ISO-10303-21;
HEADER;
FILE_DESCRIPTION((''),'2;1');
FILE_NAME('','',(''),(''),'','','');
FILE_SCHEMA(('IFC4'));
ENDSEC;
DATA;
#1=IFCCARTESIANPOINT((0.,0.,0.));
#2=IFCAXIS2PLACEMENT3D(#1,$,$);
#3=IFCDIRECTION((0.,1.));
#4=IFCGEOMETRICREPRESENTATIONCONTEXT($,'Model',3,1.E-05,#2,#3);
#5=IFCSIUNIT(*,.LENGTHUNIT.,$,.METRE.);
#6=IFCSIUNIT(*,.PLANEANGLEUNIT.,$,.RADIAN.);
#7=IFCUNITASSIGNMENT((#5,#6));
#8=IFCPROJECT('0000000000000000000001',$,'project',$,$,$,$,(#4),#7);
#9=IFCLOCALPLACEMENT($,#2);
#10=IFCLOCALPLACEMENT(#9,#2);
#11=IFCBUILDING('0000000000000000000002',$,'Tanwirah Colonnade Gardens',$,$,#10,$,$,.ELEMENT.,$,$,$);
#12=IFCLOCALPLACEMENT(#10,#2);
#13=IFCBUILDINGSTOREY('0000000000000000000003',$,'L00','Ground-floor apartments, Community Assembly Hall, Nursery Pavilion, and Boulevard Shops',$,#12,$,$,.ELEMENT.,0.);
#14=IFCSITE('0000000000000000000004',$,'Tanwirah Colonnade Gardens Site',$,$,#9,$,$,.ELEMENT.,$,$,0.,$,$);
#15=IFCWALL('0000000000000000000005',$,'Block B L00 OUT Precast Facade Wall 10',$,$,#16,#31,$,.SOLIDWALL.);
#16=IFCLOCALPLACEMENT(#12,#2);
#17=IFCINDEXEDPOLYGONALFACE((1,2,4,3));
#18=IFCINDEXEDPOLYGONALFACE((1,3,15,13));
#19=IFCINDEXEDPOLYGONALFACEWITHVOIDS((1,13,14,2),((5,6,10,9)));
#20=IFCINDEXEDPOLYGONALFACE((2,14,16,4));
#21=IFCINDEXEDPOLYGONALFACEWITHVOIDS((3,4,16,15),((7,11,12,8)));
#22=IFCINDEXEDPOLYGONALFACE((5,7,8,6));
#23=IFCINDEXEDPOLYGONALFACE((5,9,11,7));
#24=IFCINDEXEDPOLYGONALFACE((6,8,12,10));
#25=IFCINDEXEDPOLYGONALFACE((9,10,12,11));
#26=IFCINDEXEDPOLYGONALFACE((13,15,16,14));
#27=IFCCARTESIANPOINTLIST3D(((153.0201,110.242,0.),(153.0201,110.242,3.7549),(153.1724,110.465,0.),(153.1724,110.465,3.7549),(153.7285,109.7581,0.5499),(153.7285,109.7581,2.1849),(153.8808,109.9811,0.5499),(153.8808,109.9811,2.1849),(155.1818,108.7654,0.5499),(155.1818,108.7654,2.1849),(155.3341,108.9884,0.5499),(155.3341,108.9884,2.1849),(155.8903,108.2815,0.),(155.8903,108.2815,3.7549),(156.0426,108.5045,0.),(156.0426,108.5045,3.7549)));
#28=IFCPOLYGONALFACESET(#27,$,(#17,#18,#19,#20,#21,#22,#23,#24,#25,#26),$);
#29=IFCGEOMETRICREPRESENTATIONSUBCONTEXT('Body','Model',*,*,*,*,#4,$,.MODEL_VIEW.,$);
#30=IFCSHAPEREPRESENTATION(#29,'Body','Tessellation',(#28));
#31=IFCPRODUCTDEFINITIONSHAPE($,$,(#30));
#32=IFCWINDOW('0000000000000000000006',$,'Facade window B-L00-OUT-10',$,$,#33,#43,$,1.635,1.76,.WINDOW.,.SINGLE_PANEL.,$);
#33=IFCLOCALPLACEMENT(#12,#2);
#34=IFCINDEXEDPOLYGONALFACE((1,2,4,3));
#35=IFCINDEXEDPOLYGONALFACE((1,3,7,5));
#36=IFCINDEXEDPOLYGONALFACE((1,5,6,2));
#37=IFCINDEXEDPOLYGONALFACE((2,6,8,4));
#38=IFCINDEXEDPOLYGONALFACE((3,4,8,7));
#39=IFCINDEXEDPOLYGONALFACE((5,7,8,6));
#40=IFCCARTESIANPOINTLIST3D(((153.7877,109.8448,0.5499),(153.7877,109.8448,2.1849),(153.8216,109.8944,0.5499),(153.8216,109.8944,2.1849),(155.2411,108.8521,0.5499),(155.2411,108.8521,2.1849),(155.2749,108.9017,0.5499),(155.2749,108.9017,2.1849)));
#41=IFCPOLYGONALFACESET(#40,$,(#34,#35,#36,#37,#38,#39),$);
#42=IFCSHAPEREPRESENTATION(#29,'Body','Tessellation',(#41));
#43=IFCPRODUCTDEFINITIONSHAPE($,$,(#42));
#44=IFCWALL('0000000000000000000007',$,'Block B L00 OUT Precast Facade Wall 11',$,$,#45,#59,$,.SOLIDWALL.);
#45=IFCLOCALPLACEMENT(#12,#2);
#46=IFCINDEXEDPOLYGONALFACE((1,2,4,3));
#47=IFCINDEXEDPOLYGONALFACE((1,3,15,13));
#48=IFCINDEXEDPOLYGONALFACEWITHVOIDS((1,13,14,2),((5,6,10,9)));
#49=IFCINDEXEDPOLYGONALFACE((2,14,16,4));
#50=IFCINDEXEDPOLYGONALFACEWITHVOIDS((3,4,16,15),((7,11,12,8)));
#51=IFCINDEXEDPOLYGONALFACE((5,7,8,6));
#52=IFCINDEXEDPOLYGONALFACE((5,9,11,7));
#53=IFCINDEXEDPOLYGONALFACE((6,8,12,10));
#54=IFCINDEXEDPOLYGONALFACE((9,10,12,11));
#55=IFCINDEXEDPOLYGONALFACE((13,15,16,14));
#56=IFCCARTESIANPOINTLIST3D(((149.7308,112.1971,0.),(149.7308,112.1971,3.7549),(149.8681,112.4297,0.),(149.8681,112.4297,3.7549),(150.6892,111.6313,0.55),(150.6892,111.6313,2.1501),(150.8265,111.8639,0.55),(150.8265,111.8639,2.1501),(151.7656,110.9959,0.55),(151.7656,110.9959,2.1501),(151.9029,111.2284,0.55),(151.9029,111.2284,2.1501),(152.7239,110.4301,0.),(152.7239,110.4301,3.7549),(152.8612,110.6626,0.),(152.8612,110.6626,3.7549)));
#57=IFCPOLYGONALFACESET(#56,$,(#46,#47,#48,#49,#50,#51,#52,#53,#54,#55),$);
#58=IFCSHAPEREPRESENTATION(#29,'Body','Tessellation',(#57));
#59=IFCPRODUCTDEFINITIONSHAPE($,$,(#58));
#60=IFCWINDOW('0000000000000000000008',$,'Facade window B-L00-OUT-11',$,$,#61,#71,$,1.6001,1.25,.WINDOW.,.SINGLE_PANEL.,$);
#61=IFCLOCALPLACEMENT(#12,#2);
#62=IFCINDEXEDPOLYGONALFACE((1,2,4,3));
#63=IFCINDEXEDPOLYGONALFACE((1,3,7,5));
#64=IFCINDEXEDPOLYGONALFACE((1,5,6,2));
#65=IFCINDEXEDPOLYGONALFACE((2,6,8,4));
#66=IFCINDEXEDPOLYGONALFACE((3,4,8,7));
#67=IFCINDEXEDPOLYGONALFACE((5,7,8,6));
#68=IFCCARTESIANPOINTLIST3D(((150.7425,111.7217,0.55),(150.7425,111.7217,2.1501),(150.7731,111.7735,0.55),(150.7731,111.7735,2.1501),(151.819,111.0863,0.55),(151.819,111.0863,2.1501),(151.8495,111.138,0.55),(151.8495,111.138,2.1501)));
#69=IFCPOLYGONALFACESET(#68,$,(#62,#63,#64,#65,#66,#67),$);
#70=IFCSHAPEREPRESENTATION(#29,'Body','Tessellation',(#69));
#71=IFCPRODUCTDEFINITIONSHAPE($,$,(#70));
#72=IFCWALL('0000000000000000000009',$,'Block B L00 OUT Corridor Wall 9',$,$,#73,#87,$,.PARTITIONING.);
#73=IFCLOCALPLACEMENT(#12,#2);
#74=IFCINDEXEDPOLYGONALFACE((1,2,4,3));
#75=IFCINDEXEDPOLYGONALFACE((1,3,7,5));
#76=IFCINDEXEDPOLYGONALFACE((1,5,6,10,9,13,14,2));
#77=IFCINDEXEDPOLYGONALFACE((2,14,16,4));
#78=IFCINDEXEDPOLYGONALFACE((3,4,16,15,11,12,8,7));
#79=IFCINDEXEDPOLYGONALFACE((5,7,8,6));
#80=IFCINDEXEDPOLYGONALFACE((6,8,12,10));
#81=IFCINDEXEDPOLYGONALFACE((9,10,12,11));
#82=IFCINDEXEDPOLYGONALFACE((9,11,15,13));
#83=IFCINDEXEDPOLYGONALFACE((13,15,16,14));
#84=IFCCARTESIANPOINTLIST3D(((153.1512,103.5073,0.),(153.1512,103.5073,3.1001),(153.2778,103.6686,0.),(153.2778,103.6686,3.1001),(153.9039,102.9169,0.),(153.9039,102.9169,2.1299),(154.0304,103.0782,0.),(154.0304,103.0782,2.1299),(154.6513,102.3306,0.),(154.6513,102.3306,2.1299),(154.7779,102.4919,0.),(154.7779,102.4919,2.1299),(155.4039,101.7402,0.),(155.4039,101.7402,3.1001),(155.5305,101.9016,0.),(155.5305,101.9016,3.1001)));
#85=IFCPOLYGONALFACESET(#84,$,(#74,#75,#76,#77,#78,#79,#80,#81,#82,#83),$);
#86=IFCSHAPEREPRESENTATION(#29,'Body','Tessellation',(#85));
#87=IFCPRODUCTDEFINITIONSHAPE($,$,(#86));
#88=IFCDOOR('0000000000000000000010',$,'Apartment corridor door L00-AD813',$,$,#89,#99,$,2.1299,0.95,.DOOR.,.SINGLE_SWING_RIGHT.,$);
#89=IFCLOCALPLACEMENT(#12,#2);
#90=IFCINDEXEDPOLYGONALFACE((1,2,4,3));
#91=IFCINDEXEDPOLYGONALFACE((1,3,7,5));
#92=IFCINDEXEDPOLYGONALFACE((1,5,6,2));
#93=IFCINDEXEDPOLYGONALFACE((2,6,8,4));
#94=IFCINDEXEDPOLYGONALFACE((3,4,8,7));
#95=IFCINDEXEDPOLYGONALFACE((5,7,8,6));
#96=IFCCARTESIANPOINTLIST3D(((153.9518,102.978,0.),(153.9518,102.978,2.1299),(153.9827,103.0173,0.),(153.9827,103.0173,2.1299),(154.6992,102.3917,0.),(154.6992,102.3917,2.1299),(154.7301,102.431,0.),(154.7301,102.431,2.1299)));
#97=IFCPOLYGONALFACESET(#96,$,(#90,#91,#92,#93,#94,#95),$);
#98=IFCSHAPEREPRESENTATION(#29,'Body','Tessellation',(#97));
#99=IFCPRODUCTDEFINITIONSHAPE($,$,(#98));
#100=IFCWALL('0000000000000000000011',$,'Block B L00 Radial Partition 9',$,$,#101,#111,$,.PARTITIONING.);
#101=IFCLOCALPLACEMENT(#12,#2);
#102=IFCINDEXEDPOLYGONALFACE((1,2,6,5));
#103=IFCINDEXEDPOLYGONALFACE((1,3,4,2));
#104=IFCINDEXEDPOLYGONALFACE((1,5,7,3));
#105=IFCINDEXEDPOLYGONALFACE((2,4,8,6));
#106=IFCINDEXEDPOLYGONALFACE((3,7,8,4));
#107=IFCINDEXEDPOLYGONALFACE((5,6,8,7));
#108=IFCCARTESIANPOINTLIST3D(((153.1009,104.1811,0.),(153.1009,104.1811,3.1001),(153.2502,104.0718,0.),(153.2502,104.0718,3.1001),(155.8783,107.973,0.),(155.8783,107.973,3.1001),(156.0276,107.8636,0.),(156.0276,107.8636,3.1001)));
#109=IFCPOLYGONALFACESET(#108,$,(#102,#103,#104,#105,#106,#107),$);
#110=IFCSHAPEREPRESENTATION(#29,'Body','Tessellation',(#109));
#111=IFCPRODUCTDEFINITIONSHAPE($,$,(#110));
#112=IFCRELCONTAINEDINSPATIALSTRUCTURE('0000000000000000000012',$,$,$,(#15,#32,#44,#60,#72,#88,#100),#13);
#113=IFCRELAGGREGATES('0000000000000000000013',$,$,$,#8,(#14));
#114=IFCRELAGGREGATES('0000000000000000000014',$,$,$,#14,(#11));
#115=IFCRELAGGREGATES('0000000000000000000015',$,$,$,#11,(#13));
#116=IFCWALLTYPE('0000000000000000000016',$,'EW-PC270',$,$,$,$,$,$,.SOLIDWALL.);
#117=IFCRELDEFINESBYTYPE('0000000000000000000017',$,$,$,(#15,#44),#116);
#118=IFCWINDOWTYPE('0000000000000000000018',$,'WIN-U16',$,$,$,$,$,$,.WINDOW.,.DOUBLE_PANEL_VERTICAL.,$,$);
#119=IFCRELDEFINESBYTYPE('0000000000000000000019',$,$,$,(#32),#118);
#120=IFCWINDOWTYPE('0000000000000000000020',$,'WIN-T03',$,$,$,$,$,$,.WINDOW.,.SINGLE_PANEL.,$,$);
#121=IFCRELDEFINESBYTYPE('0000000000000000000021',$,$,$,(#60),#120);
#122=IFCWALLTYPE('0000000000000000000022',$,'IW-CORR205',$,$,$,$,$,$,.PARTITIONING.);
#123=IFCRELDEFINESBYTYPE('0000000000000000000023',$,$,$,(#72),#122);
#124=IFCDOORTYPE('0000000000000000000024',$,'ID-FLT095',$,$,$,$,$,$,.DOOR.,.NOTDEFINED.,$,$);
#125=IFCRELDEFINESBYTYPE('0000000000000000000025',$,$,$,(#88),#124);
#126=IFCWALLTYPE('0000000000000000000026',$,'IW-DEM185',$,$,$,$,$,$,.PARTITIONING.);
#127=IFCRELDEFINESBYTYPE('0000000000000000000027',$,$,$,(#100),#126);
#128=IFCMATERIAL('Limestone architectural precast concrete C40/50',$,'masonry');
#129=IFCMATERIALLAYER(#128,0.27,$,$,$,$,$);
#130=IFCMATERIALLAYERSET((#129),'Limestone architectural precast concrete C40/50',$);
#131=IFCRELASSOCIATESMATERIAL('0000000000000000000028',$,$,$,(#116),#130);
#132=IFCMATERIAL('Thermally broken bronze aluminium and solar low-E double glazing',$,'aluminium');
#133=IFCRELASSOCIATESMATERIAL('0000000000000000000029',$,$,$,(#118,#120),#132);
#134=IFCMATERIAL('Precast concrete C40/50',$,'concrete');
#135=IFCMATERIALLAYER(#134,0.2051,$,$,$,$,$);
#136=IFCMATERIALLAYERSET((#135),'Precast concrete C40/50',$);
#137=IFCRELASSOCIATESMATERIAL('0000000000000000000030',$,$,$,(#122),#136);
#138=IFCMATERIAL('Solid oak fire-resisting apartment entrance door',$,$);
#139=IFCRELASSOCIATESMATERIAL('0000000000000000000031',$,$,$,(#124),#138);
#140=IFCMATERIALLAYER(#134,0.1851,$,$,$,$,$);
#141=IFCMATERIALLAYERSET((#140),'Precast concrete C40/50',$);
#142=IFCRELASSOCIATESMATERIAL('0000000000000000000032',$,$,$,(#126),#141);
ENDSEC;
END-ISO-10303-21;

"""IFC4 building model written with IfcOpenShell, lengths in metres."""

from ifc_helpers import new_model, si_unit, direction, frame, frame_2d, origin, place, context, subcontext, project, spatial, rectangle, extrude, material, layer, layer_set, type_object, element, fill, save


model = new_model("IFC4")

# Units and contexts
model_context = context("Model", 3, precision=1e-05, world=origin(), true_north=direction((0.0, 1.0)))
body_context = subcontext(model_context, "Body", "Model", "MODEL_VIEW")
ifc_project = project(units=[si_unit("LENGTHUNIT", "METRE"), si_unit("PLANEANGLEUNIT", "RADIAN")], contexts=[model_context])

# Site, building, storey
site_placement = place(None, origin())
site = spatial("IfcSite", under=ifc_project, at=site_placement, Name="Tanwirah Colonnade Gardens Site", CompositionType="ELEMENT", RefElevation=0.0)
building_placement = place(site_placement, origin())
building = spatial("IfcBuilding", under=site, at=building_placement, Name="Tanwirah Colonnade Gardens", CompositionType="ELEMENT")
storey_placement = place(building_placement, origin())
storey = spatial("IfcBuildingStorey", under=building, at=storey_placement, Name="L00", Description="Ground-floor apartments, Community Assembly Hall, Nursery Pavilion, and Boulevard Shops", CompositionType="ELEMENT", Elevation=0.0)

# Shared definitions
ifc_material_1 = material(Name="Precast concrete C40/50", Category="concrete")

# Walls, openings, windows
ifc_material_2 = material(Name="Limestone architectural precast concrete C40/50", Category="masonry")
ifc_layer_1 = layer(ifc_material_2, 0.27)
ifc_layer_set_1 = layer_set([ifc_layer_1], Name="Limestone architectural precast concrete C40/50")
wall_type_1 = type_object("IfcWallType", Name="EW-PC270", PredefinedType="SOLIDWALL", material=ifc_layer_set_1)
wall_1_placement = place(storey_placement, frame((155.9663, 108.3931, 0.0), z_axis=(0.0, 0.0, 1.0), x_axis=(-0.825752, 0.564034, 0.0)))
wall_1 = element("IfcWall", 1, at=wall_1_placement, inside=storey, type_object=wall_type_1, Name="Block B L00 OUT Precast Facade Wall 10", PredefinedType="SOLIDWALL", context=body_context, shape_type="SweptSolid", body=[
    extrude(rectangle(XDim=3.4758, YDim=0.27, at=frame_2d((1.7378, 0.0))), origin(), (0.0, 0.0, 1.0), 3.7549),
])
opening_1_placement = place(wall_1_placement, frame((0.8579, 0.0, 0.55)))
opening_1 = element("IfcOpeningElement", 2, at=opening_1_placement, cuts=wall_1, PredefinedType="OPENING", context=body_context, shape_type="SweptSolid", body=[
    extrude(rectangle(XDim=1.76, YDim=1.635, at=frame_2d((0.8799, 0.8174))), frame((0.0, 0.145, 0.0), z_axis=(0.0, -1.0, 0.0), x_axis=(1.0, 0.0, 0.0)), (0.0, 0.0, 1.0), 0.29),
])
ifc_material_3 = material(Name="Thermally broken bronze aluminium and solar low-E double glazing", Category="aluminium")
window_type_1 = type_object("IfcWindowType", Name="WIN-U16", PartitioningType="DOUBLE_PANEL_VERTICAL", PredefinedType="WINDOW", material=ifc_material_3)
window_1_placement = place(opening_1_placement, origin())
window_1 = element("IfcWindow", 3, at=window_1_placement, inside=storey, type_object=window_type_1, Name="Facade window B-L00-OUT-10", OverallHeight=1.635, OverallWidth=1.76, PartitioningType="SINGLE_PANEL", PredefinedType="WINDOW", context=body_context, shape_type="SweptSolid", body=[
    extrude(rectangle(XDim=1.76, YDim=1.635, at=frame_2d((0.8799, 0.8174))), frame((0.0, 0.03, 0.0), z_axis=(0.0, -1.0, 0.0), x_axis=(1.0, 0.0, 0.0)), (0.0, 0.0, 1.0), 0.0601),
])
fill(opening_1, window_1)
wall_2_placement = place(storey_placement, frame((152.7925, 110.5464, 0.0), z_axis=(0.0, 0.0, 1.0), x_axis=(-0.861128, 0.508389, 0.0)))
wall_2 = element("IfcWall", 4, at=wall_2_placement, inside=storey, type_object=wall_type_1, Name="Block B L00 OUT Precast Facade Wall 11", PredefinedType="SOLIDWALL", context=body_context, shape_type="SweptSolid", body=[
    extrude(rectangle(XDim=3.4758, YDim=0.27, at=frame_2d((1.7378, 0.0))), origin(), (0.0, 0.0, 1.0), 3.7549),
])
opening_2_placement = place(wall_2_placement, frame((1.1128, 0.0, 0.55)))
opening_2 = element("IfcOpeningElement", 5, at=opening_2_placement, cuts=wall_2, PredefinedType="OPENING", context=body_context, shape_type="SweptSolid", body=[
    extrude(rectangle(XDim=1.25, YDim=1.6001, at=frame_2d((0.625, 0.8))), frame((0.0, 0.145, 0.0), z_axis=(0.0, -1.0, 0.0), x_axis=(1.0, 0.0, 0.0)), (0.0, 0.0, 1.0), 0.29),
])
window_type_2 = type_object("IfcWindowType", Name="WIN-T03", PartitioningType="SINGLE_PANEL", PredefinedType="WINDOW", material=ifc_material_3)
window_2_placement = place(opening_2_placement, origin())
window_2 = element("IfcWindow", 6, at=window_2_placement, inside=storey, type_object=window_type_2, Name="Facade window B-L00-OUT-11", OverallHeight=1.6001, OverallWidth=1.25, PartitioningType="SINGLE_PANEL", PredefinedType="WINDOW", context=body_context, shape_type="SweptSolid", body=[
    extrude(rectangle(XDim=1.25, YDim=1.6001, at=frame_2d((0.625, 0.8))), frame((0.0, 0.03, 0.0), z_axis=(0.0, -1.0, 0.0), x_axis=(1.0, 0.0, 0.0)), (0.0, 0.0, 1.0), 0.0601),
])
fill(opening_2, window_2)

# Wall, opening, door
ifc_layer_2 = layer(ifc_material_1, 0.2051)
ifc_layer_set_2 = layer_set([ifc_layer_2], Name="Precast concrete C40/50")
wall_type_2 = type_object("IfcWallType", Name="IW-CORR205", PredefinedType="PARTITIONING", material=ifc_layer_set_2)
wall_3_placement = place(storey_placement, frame((155.4673, 101.8208, 0.0), z_axis=(0.0, 0.0, 1.0), x_axis=(-0.786806, 0.6172, 0.0)))
wall_3 = element("IfcWall", 7, at=wall_3_placement, inside=storey, type_object=wall_type_2, Name="Block B L00 OUT Corridor Wall 9", PredefinedType="PARTITIONING", context=body_context, shape_type="SweptSolid", body=[
    extrude(rectangle(XDim=2.863, YDim=0.2051, at=frame_2d((1.4316, 0.0))), origin(), (0.0, 0.0, 1.0), 3.1001),
])
opening_3_placement = place(wall_3_placement, frame((0.9565, 0.0, 0.0)))
opening_3 = element("IfcOpeningElement", 8, at=opening_3_placement, cuts=wall_3, PredefinedType="OPENING", context=body_context, shape_type="SweptSolid", body=[
    extrude(rectangle(XDim=0.95, YDim=2.1299, at=frame_2d((0.4751, 1.0649))), frame((0.0, 0.1125, 0.0), z_axis=(0.0, -1.0, 0.0), x_axis=(1.0, 0.0, 0.0)), (0.0, 0.0, 1.0), 0.2251),
])
ifc_material_4 = material(Name="Solid oak fire-resisting apartment entrance door")
door_type_1 = type_object("IfcDoorType", Name="ID-FLT095", OperationType="NOTDEFINED", PredefinedType="DOOR", material=ifc_material_4)
door_1_placement = place(opening_3_placement, origin())
door_1 = element("IfcDoor", 9, at=door_1_placement, inside=storey, type_object=door_type_1, Name="Apartment corridor door L00-AD813", OperationType="SINGLE_SWING_RIGHT", OverallHeight=2.1299, OverallWidth=0.95, PredefinedType="DOOR", context=body_context, shape_type="SweptSolid", body=[
    extrude(rectangle(XDim=0.95, YDim=2.1299, at=frame_2d((0.4751, 1.0649))), frame((0.0, 0.0249, 0.0), z_axis=(0.0, -1.0, 0.0), x_axis=(1.0, 0.0, 0.0)), (0.0, 0.0, 1.0), 0.05),
])
fill(opening_3, door_1)

# Wall
ifc_layer_3 = layer(ifc_material_1, 0.1851)
ifc_layer_set_3 = layer_set([ifc_layer_3], Name="Precast concrete C40/50")
wall_type_3 = type_object("IfcWallType", Name="IW-DEM185", PredefinedType="PARTITIONING", material=ifc_layer_set_3)
wall_4_placement = place(storey_placement, frame((153.1755, 104.1265, 0.0), z_axis=(0.0, 0.0, 1.0), x_axis=(0.590911, 0.806737, 0.0)))
element("IfcWall", 10, at=wall_4_placement, inside=storey, type_object=wall_type_3, Name="Block B L00 Radial Partition 9", PredefinedType="PARTITIONING", context=body_context, shape_type="SweptSolid", body=[
    extrude(rectangle(XDim=4.7002, YDim=0.1851, at=frame_2d((2.3501, 0.0))), origin(), (0.0, 0.0, 1.0), 3.1001),
])

save(model, "model.ifc")
